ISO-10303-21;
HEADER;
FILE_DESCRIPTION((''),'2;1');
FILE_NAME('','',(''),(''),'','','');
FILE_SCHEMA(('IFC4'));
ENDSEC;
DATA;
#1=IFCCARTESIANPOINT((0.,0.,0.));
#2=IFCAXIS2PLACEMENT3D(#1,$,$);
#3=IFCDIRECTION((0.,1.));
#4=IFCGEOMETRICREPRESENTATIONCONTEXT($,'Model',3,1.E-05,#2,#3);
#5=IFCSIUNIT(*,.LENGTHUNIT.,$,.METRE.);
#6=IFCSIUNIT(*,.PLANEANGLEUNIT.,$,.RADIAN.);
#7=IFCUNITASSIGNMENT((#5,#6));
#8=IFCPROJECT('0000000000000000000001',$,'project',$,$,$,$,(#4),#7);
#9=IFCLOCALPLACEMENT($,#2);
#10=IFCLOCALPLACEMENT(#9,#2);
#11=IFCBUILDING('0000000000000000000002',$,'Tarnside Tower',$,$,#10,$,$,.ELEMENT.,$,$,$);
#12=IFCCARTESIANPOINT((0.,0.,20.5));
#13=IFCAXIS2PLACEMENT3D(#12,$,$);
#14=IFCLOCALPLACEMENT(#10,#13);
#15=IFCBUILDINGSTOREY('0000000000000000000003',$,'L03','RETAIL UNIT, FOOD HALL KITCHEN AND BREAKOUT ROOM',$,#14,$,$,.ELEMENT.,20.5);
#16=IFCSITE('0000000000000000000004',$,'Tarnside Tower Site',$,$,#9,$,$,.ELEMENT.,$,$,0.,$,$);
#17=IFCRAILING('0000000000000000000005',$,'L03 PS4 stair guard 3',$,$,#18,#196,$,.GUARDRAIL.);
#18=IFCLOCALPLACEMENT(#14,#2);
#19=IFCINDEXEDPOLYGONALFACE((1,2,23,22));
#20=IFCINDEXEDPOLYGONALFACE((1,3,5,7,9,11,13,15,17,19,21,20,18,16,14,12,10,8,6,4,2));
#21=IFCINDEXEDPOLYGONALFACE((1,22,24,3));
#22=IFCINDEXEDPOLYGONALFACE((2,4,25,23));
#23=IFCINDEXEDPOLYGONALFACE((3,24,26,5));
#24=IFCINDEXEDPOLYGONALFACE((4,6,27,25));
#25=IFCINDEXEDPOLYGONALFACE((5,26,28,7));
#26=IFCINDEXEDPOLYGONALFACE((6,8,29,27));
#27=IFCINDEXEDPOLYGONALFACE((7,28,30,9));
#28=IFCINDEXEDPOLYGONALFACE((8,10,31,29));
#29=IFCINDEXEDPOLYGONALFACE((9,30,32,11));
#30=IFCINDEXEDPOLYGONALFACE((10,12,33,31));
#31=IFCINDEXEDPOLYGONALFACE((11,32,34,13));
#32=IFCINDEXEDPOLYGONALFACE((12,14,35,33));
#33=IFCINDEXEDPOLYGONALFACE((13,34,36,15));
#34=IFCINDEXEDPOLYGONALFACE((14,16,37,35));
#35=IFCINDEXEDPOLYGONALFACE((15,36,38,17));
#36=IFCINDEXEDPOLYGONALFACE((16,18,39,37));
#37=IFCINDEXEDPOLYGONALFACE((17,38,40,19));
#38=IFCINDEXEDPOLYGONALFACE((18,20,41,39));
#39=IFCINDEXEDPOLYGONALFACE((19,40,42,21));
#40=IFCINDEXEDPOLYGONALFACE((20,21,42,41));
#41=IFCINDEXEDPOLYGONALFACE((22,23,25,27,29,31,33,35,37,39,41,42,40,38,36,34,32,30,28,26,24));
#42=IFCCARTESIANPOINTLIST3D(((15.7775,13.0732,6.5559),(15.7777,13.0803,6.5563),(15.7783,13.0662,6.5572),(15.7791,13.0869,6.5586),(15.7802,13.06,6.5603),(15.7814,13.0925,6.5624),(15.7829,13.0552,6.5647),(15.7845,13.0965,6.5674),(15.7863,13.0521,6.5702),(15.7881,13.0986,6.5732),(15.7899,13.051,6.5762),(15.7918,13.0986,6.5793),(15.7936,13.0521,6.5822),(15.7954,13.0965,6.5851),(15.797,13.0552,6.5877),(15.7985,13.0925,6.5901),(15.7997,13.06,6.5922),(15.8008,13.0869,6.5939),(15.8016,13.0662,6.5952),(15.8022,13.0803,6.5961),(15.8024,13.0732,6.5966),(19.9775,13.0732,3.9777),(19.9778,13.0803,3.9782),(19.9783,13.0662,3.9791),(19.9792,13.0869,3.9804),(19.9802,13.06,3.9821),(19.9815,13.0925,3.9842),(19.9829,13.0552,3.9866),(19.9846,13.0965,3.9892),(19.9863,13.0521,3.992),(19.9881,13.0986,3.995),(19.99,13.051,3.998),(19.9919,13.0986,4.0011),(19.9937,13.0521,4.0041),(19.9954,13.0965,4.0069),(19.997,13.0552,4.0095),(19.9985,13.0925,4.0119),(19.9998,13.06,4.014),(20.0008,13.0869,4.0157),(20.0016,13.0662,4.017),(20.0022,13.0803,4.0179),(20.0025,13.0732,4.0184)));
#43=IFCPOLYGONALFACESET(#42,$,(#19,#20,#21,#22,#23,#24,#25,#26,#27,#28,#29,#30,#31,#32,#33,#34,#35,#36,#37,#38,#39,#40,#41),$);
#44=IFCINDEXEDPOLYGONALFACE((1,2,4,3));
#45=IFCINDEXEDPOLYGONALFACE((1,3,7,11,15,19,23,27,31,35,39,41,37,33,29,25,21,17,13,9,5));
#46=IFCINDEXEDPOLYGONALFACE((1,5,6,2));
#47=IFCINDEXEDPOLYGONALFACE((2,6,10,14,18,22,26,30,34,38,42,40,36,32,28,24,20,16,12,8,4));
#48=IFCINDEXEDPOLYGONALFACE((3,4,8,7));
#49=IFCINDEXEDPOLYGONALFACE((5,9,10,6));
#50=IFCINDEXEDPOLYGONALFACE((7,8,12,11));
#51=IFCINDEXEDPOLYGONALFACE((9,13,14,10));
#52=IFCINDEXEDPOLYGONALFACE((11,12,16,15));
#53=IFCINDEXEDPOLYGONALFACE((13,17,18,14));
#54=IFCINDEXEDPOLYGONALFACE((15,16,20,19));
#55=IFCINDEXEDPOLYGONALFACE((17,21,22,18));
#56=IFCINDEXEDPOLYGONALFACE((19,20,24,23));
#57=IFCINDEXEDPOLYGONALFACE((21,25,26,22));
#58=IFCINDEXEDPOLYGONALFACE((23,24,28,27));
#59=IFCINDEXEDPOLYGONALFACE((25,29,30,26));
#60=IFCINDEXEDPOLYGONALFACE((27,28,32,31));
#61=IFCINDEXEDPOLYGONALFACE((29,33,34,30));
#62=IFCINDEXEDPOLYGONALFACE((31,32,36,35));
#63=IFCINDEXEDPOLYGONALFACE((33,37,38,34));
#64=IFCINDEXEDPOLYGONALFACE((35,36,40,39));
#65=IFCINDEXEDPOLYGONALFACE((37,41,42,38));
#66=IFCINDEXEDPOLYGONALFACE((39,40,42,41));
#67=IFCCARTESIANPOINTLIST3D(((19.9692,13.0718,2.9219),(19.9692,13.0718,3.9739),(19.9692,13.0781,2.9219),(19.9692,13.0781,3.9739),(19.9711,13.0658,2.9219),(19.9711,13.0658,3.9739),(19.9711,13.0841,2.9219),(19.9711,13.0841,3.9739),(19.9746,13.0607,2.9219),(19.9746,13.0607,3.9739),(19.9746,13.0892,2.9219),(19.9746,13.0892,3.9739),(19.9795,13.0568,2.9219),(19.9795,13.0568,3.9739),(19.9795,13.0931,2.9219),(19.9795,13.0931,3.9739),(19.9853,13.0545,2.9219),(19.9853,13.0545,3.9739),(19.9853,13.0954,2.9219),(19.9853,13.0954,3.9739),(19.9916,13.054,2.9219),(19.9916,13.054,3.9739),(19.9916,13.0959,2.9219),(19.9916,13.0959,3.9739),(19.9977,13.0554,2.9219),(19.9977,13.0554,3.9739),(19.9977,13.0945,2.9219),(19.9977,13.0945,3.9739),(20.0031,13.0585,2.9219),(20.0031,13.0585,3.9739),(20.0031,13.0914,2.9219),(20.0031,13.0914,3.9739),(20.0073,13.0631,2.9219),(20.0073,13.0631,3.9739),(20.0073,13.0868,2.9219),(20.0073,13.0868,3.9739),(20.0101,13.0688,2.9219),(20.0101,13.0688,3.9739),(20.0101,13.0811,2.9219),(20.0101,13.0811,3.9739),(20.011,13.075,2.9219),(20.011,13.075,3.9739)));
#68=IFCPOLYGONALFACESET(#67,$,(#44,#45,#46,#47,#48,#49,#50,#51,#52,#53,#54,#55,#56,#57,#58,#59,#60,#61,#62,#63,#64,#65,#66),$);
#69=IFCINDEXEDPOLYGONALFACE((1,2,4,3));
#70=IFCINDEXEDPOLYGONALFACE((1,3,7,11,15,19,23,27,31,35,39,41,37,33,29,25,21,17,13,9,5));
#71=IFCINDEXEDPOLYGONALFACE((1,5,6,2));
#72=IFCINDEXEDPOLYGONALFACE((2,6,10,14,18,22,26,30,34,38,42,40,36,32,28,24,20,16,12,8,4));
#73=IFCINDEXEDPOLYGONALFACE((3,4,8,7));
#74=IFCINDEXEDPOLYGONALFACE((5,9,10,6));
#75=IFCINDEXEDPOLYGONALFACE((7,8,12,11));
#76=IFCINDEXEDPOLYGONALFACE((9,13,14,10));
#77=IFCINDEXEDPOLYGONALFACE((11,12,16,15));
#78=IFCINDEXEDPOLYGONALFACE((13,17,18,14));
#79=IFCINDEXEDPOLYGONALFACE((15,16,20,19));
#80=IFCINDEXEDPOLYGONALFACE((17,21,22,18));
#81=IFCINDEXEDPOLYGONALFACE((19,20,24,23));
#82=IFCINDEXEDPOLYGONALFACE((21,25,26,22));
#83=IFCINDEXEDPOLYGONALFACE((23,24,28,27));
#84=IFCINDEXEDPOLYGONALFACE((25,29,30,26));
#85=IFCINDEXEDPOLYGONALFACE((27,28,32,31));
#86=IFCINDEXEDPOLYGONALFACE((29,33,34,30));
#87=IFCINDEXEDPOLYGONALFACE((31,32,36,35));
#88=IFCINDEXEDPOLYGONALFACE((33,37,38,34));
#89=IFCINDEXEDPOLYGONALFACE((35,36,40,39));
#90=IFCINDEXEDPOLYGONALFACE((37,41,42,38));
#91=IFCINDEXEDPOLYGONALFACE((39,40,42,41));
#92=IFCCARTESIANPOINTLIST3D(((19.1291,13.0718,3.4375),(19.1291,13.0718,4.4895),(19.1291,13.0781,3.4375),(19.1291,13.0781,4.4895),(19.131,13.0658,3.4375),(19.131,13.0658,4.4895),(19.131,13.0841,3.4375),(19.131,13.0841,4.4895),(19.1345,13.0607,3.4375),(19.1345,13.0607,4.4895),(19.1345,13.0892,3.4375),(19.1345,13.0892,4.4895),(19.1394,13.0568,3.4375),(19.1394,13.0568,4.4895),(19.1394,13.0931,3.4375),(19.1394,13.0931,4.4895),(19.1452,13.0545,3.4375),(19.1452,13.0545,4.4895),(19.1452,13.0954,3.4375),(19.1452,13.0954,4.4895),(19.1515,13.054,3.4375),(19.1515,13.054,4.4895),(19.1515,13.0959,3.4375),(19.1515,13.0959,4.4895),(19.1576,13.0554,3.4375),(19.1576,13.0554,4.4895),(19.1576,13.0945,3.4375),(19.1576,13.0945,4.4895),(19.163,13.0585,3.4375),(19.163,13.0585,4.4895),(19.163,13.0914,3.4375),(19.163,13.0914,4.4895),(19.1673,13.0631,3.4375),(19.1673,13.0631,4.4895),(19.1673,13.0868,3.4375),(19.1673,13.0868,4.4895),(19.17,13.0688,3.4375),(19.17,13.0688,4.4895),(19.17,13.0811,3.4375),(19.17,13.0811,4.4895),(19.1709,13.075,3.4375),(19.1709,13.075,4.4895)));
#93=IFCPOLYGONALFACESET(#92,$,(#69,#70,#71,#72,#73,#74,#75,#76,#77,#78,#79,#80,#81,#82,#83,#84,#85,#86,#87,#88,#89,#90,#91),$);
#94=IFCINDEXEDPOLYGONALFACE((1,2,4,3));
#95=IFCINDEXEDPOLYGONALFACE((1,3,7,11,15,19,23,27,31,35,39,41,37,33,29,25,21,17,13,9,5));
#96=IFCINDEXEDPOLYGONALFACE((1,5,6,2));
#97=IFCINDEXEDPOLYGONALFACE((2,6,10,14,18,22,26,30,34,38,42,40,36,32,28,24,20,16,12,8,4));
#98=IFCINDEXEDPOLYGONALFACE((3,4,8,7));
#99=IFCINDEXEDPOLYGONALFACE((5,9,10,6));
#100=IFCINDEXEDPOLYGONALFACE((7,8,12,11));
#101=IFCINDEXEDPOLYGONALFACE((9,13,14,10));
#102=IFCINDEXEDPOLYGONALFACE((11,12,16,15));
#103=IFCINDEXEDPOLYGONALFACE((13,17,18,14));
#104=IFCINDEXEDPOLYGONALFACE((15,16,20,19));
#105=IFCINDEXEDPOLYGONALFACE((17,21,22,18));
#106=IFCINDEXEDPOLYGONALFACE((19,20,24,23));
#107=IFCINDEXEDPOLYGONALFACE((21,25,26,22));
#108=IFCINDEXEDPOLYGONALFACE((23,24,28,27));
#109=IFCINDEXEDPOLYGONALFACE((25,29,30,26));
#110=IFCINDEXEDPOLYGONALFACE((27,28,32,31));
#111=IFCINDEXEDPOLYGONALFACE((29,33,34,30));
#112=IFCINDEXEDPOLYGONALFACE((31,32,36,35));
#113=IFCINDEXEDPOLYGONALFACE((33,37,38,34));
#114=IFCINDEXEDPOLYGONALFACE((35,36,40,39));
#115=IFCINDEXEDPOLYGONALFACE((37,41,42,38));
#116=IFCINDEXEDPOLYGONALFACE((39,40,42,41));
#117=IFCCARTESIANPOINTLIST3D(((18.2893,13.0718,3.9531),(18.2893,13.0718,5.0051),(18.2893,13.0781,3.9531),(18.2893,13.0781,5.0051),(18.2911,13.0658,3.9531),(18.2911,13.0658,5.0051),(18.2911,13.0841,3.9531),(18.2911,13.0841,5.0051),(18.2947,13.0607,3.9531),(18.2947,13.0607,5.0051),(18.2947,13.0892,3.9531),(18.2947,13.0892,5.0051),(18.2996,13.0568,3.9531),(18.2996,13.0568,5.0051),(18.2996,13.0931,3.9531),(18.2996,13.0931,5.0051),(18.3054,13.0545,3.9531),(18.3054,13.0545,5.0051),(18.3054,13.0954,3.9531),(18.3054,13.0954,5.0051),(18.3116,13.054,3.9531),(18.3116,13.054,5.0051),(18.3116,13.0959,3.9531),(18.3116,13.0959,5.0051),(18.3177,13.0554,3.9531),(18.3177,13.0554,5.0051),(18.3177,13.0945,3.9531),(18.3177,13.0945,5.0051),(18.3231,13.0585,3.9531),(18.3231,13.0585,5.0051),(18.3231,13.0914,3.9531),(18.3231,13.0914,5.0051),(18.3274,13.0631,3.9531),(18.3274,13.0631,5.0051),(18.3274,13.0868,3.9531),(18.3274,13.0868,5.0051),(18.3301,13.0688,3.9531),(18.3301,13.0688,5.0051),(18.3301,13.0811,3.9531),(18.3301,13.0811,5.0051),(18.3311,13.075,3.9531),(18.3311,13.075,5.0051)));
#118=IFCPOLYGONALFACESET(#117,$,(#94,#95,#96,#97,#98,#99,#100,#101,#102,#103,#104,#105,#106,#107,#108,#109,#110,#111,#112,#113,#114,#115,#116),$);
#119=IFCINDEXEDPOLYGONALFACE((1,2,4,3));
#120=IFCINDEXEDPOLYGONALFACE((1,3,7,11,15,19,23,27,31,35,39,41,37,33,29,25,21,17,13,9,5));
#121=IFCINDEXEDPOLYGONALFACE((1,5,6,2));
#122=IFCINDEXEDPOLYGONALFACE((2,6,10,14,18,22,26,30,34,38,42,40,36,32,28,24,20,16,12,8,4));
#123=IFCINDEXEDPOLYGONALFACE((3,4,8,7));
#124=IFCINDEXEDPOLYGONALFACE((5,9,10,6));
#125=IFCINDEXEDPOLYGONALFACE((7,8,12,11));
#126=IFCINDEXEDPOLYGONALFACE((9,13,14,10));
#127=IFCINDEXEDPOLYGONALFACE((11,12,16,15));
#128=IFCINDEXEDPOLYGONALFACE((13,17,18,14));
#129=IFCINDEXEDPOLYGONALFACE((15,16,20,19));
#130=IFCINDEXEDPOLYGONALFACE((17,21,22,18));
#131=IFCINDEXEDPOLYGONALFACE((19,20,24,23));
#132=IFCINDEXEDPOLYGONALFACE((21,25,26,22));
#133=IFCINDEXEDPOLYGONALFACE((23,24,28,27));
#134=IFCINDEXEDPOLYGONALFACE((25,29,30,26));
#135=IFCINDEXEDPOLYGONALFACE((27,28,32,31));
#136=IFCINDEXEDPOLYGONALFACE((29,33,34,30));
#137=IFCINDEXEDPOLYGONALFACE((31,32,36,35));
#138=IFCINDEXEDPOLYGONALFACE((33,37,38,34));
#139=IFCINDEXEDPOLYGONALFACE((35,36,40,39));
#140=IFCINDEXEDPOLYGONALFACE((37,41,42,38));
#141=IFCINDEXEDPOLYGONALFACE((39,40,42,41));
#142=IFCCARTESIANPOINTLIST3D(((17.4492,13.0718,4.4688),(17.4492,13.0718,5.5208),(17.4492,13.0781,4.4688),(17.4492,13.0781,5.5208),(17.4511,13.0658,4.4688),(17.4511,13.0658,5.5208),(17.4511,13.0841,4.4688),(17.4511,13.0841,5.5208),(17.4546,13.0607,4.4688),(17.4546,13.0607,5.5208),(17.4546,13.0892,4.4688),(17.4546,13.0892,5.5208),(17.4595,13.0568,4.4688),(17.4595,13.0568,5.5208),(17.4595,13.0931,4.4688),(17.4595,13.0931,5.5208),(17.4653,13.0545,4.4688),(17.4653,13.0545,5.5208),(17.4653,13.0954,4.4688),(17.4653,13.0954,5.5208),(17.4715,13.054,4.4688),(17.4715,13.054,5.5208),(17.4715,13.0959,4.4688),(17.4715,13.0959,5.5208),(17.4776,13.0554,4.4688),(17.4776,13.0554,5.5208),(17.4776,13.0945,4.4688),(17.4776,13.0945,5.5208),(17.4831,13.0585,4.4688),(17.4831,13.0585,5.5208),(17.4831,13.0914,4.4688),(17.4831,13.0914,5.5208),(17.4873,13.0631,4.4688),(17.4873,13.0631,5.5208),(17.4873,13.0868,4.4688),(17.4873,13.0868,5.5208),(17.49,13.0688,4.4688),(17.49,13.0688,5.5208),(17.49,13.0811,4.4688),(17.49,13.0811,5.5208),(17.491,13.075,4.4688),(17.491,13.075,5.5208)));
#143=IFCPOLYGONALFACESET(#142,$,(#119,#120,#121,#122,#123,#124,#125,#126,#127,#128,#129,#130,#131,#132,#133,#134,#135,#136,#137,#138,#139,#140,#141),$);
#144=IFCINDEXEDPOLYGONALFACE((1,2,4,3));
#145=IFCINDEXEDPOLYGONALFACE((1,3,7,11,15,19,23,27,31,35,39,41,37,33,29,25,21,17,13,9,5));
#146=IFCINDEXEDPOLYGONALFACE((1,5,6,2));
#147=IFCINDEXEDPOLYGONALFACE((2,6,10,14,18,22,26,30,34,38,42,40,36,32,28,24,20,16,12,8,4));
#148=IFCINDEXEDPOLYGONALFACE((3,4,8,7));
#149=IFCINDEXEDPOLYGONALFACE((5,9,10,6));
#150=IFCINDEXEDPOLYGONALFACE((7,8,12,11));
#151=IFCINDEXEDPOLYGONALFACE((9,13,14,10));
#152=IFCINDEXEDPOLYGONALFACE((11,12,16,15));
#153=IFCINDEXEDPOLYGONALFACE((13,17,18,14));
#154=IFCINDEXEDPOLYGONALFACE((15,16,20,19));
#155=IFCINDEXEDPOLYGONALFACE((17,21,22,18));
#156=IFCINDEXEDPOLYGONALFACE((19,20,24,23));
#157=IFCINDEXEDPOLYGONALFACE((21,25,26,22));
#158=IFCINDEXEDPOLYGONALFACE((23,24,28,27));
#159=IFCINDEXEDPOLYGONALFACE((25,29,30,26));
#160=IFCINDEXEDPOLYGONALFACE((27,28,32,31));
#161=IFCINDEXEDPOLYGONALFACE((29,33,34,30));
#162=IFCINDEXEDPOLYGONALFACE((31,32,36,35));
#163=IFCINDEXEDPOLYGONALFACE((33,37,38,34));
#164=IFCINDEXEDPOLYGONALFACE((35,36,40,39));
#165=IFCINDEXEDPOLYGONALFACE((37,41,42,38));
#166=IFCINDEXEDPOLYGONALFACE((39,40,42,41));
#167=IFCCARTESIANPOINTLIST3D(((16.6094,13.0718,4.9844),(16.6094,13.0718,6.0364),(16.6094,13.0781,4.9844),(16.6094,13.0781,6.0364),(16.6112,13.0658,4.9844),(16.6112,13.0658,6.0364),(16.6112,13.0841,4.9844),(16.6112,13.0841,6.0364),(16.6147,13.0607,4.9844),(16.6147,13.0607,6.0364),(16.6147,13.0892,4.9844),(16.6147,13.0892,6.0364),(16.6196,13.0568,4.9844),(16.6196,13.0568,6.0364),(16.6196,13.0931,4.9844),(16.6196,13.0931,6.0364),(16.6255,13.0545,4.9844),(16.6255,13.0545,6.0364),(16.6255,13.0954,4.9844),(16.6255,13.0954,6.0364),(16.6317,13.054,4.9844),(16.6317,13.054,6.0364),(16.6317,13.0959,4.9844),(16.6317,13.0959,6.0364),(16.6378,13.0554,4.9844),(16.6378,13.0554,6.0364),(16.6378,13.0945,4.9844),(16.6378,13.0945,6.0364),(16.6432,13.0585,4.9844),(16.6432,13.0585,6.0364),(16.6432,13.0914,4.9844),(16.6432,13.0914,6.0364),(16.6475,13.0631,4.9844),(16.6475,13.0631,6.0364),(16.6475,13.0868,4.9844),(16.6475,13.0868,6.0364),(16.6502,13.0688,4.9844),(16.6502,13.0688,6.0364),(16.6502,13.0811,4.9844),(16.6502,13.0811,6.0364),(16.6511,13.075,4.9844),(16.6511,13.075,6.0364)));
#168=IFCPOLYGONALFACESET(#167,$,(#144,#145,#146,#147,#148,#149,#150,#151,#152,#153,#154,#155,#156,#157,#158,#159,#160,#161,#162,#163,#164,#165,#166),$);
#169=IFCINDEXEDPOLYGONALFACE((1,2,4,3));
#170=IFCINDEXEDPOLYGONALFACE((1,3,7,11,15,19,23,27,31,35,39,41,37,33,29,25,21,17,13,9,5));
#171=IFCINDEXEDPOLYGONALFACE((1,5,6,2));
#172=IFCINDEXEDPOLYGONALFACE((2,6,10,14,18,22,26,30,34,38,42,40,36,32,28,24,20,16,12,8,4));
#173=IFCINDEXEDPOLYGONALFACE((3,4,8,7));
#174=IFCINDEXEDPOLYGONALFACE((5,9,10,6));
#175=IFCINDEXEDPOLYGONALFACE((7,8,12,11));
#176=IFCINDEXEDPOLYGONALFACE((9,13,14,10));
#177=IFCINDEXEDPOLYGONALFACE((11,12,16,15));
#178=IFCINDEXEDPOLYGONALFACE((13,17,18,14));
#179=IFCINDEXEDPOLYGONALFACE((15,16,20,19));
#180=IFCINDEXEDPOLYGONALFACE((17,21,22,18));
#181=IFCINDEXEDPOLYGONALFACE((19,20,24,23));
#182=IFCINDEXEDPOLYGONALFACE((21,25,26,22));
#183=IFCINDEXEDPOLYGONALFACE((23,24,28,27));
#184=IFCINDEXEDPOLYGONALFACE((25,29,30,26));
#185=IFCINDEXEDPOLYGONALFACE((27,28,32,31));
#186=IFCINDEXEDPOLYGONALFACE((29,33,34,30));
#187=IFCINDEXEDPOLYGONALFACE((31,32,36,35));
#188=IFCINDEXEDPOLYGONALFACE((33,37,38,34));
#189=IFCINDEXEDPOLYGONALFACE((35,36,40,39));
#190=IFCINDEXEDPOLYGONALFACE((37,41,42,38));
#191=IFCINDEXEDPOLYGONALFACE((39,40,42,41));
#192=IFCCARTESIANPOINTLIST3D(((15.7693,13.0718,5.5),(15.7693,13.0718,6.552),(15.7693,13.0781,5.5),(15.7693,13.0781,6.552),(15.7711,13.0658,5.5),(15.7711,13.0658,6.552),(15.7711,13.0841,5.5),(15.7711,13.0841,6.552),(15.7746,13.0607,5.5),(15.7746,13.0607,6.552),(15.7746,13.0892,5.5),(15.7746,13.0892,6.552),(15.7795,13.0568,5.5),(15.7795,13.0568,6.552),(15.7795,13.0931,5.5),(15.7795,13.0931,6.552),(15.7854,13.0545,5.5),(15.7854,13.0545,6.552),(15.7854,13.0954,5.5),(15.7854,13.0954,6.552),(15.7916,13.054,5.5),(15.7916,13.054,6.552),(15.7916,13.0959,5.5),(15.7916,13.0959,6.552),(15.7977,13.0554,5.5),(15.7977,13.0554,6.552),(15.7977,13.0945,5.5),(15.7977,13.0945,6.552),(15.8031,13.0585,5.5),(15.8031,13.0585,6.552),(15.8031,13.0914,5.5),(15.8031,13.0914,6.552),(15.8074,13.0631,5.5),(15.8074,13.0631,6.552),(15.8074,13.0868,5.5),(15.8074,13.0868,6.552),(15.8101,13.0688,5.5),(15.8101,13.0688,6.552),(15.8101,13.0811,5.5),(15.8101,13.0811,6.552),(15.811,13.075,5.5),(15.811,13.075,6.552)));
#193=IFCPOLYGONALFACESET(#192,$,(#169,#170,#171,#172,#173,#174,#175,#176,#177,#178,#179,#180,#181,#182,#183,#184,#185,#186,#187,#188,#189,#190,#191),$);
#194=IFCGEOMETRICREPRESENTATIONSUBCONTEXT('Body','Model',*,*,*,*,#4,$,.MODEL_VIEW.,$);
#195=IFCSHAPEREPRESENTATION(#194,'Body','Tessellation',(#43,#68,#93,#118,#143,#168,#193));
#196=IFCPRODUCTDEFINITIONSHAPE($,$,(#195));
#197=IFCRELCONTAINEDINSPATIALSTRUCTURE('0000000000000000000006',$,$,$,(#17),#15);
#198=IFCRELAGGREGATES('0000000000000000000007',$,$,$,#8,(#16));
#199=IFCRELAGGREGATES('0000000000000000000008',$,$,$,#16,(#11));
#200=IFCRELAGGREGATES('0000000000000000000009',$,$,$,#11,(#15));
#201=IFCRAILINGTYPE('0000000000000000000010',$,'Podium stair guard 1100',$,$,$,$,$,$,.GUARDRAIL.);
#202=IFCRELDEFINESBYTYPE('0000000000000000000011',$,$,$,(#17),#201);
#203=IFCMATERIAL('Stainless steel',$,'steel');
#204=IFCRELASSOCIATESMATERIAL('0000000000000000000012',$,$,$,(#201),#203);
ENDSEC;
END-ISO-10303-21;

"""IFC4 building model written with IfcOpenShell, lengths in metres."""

from ifc_helpers import new_model, si_unit, direction, frame, origin, origin_2d, place, context, subcontext, project, spatial, circle, extrude, material, type_object, element, save


model = new_model("IFC4")

# Units and contexts
model_context = context("Model", 3, precision=1e-05, world=origin(), true_north=direction((0.0, 1.0)))
body_context = subcontext(model_context, "Body", "Model", "MODEL_VIEW")
ifc_project = project(units=[si_unit("LENGTHUNIT", "METRE"), si_unit("PLANEANGLEUNIT", "RADIAN")], contexts=[model_context])

# Site, building, storey
site_placement = place(None, origin())
site = spatial("IfcSite", under=ifc_project, at=site_placement, Name="Tarnside Tower Site", CompositionType="ELEMENT", RefElevation=0.0)
building_placement = place(site_placement, origin())
building = spatial("IfcBuilding", under=site, at=building_placement, Name="Tarnside Tower", CompositionType="ELEMENT")
storey_placement = place(building_placement, frame((0.0, 0.0, 20.5)))
storey = spatial("IfcBuildingStorey", under=building, at=storey_placement, Name="L03", Description="RETAIL UNIT, FOOD HALL KITCHEN AND BREAKOUT ROOM", CompositionType="ELEMENT", Elevation=20.5)

# Railing
ifc_material_1 = material(Name="Stainless steel", Category="steel")
railing_type_1 = type_object("IfcRailingType", Name="Podium stair guard 1100", PredefinedType="GUARDRAIL", material=ifc_material_1)
railing_1_placement = place(storey_placement, frame((19.99, 13.075, 2.9219)))
element("IfcRailing", 1, at=railing_1_placement, inside=storey, type_object=railing_type_1, Name="L03 PS4 stair guard 3", PredefinedType="GUARDRAIL", context=body_context, shape_type="SweptSolid", body=[
    extrude(circle(Radius=0.0239, at=origin_2d()), frame((0.0, 0.0, 1.0762), z_axis=(-0.852243, 0.0, 0.523146), x_axis=(0.0, -1.0, 0.0)), (0.0, 0.0, 1.0), 4.9282),
    extrude(circle(Radius=0.021, at=origin_2d()), origin(), (0.0, 0.0, 1.0), 1.052),
    extrude(circle(Radius=0.021, at=origin_2d()), frame((-0.8401, 0.0, 0.5156)), (0.0, 0.0, 1.0), 1.052),
    extrude(circle(Radius=0.021, at=origin_2d()), frame((-1.6799, 0.0, 1.0312)), (0.0, 0.0, 1.0), 1.052),
    extrude(circle(Radius=0.021, at=origin_2d()), frame((-2.52, 0.0, 1.5469)), (0.0, 0.0, 1.0), 1.052),
    extrude(circle(Radius=0.021, at=origin_2d()), frame((-3.3599, 0.0, 2.0625)), (0.0, 0.0, 1.0), 1.052),
    extrude(circle(Radius=0.021, at=origin_2d()), frame((-4.2, 0.0, 2.5781)), (0.0, 0.0, 1.0), 1.052),
])

save(model, "model.ifc")
